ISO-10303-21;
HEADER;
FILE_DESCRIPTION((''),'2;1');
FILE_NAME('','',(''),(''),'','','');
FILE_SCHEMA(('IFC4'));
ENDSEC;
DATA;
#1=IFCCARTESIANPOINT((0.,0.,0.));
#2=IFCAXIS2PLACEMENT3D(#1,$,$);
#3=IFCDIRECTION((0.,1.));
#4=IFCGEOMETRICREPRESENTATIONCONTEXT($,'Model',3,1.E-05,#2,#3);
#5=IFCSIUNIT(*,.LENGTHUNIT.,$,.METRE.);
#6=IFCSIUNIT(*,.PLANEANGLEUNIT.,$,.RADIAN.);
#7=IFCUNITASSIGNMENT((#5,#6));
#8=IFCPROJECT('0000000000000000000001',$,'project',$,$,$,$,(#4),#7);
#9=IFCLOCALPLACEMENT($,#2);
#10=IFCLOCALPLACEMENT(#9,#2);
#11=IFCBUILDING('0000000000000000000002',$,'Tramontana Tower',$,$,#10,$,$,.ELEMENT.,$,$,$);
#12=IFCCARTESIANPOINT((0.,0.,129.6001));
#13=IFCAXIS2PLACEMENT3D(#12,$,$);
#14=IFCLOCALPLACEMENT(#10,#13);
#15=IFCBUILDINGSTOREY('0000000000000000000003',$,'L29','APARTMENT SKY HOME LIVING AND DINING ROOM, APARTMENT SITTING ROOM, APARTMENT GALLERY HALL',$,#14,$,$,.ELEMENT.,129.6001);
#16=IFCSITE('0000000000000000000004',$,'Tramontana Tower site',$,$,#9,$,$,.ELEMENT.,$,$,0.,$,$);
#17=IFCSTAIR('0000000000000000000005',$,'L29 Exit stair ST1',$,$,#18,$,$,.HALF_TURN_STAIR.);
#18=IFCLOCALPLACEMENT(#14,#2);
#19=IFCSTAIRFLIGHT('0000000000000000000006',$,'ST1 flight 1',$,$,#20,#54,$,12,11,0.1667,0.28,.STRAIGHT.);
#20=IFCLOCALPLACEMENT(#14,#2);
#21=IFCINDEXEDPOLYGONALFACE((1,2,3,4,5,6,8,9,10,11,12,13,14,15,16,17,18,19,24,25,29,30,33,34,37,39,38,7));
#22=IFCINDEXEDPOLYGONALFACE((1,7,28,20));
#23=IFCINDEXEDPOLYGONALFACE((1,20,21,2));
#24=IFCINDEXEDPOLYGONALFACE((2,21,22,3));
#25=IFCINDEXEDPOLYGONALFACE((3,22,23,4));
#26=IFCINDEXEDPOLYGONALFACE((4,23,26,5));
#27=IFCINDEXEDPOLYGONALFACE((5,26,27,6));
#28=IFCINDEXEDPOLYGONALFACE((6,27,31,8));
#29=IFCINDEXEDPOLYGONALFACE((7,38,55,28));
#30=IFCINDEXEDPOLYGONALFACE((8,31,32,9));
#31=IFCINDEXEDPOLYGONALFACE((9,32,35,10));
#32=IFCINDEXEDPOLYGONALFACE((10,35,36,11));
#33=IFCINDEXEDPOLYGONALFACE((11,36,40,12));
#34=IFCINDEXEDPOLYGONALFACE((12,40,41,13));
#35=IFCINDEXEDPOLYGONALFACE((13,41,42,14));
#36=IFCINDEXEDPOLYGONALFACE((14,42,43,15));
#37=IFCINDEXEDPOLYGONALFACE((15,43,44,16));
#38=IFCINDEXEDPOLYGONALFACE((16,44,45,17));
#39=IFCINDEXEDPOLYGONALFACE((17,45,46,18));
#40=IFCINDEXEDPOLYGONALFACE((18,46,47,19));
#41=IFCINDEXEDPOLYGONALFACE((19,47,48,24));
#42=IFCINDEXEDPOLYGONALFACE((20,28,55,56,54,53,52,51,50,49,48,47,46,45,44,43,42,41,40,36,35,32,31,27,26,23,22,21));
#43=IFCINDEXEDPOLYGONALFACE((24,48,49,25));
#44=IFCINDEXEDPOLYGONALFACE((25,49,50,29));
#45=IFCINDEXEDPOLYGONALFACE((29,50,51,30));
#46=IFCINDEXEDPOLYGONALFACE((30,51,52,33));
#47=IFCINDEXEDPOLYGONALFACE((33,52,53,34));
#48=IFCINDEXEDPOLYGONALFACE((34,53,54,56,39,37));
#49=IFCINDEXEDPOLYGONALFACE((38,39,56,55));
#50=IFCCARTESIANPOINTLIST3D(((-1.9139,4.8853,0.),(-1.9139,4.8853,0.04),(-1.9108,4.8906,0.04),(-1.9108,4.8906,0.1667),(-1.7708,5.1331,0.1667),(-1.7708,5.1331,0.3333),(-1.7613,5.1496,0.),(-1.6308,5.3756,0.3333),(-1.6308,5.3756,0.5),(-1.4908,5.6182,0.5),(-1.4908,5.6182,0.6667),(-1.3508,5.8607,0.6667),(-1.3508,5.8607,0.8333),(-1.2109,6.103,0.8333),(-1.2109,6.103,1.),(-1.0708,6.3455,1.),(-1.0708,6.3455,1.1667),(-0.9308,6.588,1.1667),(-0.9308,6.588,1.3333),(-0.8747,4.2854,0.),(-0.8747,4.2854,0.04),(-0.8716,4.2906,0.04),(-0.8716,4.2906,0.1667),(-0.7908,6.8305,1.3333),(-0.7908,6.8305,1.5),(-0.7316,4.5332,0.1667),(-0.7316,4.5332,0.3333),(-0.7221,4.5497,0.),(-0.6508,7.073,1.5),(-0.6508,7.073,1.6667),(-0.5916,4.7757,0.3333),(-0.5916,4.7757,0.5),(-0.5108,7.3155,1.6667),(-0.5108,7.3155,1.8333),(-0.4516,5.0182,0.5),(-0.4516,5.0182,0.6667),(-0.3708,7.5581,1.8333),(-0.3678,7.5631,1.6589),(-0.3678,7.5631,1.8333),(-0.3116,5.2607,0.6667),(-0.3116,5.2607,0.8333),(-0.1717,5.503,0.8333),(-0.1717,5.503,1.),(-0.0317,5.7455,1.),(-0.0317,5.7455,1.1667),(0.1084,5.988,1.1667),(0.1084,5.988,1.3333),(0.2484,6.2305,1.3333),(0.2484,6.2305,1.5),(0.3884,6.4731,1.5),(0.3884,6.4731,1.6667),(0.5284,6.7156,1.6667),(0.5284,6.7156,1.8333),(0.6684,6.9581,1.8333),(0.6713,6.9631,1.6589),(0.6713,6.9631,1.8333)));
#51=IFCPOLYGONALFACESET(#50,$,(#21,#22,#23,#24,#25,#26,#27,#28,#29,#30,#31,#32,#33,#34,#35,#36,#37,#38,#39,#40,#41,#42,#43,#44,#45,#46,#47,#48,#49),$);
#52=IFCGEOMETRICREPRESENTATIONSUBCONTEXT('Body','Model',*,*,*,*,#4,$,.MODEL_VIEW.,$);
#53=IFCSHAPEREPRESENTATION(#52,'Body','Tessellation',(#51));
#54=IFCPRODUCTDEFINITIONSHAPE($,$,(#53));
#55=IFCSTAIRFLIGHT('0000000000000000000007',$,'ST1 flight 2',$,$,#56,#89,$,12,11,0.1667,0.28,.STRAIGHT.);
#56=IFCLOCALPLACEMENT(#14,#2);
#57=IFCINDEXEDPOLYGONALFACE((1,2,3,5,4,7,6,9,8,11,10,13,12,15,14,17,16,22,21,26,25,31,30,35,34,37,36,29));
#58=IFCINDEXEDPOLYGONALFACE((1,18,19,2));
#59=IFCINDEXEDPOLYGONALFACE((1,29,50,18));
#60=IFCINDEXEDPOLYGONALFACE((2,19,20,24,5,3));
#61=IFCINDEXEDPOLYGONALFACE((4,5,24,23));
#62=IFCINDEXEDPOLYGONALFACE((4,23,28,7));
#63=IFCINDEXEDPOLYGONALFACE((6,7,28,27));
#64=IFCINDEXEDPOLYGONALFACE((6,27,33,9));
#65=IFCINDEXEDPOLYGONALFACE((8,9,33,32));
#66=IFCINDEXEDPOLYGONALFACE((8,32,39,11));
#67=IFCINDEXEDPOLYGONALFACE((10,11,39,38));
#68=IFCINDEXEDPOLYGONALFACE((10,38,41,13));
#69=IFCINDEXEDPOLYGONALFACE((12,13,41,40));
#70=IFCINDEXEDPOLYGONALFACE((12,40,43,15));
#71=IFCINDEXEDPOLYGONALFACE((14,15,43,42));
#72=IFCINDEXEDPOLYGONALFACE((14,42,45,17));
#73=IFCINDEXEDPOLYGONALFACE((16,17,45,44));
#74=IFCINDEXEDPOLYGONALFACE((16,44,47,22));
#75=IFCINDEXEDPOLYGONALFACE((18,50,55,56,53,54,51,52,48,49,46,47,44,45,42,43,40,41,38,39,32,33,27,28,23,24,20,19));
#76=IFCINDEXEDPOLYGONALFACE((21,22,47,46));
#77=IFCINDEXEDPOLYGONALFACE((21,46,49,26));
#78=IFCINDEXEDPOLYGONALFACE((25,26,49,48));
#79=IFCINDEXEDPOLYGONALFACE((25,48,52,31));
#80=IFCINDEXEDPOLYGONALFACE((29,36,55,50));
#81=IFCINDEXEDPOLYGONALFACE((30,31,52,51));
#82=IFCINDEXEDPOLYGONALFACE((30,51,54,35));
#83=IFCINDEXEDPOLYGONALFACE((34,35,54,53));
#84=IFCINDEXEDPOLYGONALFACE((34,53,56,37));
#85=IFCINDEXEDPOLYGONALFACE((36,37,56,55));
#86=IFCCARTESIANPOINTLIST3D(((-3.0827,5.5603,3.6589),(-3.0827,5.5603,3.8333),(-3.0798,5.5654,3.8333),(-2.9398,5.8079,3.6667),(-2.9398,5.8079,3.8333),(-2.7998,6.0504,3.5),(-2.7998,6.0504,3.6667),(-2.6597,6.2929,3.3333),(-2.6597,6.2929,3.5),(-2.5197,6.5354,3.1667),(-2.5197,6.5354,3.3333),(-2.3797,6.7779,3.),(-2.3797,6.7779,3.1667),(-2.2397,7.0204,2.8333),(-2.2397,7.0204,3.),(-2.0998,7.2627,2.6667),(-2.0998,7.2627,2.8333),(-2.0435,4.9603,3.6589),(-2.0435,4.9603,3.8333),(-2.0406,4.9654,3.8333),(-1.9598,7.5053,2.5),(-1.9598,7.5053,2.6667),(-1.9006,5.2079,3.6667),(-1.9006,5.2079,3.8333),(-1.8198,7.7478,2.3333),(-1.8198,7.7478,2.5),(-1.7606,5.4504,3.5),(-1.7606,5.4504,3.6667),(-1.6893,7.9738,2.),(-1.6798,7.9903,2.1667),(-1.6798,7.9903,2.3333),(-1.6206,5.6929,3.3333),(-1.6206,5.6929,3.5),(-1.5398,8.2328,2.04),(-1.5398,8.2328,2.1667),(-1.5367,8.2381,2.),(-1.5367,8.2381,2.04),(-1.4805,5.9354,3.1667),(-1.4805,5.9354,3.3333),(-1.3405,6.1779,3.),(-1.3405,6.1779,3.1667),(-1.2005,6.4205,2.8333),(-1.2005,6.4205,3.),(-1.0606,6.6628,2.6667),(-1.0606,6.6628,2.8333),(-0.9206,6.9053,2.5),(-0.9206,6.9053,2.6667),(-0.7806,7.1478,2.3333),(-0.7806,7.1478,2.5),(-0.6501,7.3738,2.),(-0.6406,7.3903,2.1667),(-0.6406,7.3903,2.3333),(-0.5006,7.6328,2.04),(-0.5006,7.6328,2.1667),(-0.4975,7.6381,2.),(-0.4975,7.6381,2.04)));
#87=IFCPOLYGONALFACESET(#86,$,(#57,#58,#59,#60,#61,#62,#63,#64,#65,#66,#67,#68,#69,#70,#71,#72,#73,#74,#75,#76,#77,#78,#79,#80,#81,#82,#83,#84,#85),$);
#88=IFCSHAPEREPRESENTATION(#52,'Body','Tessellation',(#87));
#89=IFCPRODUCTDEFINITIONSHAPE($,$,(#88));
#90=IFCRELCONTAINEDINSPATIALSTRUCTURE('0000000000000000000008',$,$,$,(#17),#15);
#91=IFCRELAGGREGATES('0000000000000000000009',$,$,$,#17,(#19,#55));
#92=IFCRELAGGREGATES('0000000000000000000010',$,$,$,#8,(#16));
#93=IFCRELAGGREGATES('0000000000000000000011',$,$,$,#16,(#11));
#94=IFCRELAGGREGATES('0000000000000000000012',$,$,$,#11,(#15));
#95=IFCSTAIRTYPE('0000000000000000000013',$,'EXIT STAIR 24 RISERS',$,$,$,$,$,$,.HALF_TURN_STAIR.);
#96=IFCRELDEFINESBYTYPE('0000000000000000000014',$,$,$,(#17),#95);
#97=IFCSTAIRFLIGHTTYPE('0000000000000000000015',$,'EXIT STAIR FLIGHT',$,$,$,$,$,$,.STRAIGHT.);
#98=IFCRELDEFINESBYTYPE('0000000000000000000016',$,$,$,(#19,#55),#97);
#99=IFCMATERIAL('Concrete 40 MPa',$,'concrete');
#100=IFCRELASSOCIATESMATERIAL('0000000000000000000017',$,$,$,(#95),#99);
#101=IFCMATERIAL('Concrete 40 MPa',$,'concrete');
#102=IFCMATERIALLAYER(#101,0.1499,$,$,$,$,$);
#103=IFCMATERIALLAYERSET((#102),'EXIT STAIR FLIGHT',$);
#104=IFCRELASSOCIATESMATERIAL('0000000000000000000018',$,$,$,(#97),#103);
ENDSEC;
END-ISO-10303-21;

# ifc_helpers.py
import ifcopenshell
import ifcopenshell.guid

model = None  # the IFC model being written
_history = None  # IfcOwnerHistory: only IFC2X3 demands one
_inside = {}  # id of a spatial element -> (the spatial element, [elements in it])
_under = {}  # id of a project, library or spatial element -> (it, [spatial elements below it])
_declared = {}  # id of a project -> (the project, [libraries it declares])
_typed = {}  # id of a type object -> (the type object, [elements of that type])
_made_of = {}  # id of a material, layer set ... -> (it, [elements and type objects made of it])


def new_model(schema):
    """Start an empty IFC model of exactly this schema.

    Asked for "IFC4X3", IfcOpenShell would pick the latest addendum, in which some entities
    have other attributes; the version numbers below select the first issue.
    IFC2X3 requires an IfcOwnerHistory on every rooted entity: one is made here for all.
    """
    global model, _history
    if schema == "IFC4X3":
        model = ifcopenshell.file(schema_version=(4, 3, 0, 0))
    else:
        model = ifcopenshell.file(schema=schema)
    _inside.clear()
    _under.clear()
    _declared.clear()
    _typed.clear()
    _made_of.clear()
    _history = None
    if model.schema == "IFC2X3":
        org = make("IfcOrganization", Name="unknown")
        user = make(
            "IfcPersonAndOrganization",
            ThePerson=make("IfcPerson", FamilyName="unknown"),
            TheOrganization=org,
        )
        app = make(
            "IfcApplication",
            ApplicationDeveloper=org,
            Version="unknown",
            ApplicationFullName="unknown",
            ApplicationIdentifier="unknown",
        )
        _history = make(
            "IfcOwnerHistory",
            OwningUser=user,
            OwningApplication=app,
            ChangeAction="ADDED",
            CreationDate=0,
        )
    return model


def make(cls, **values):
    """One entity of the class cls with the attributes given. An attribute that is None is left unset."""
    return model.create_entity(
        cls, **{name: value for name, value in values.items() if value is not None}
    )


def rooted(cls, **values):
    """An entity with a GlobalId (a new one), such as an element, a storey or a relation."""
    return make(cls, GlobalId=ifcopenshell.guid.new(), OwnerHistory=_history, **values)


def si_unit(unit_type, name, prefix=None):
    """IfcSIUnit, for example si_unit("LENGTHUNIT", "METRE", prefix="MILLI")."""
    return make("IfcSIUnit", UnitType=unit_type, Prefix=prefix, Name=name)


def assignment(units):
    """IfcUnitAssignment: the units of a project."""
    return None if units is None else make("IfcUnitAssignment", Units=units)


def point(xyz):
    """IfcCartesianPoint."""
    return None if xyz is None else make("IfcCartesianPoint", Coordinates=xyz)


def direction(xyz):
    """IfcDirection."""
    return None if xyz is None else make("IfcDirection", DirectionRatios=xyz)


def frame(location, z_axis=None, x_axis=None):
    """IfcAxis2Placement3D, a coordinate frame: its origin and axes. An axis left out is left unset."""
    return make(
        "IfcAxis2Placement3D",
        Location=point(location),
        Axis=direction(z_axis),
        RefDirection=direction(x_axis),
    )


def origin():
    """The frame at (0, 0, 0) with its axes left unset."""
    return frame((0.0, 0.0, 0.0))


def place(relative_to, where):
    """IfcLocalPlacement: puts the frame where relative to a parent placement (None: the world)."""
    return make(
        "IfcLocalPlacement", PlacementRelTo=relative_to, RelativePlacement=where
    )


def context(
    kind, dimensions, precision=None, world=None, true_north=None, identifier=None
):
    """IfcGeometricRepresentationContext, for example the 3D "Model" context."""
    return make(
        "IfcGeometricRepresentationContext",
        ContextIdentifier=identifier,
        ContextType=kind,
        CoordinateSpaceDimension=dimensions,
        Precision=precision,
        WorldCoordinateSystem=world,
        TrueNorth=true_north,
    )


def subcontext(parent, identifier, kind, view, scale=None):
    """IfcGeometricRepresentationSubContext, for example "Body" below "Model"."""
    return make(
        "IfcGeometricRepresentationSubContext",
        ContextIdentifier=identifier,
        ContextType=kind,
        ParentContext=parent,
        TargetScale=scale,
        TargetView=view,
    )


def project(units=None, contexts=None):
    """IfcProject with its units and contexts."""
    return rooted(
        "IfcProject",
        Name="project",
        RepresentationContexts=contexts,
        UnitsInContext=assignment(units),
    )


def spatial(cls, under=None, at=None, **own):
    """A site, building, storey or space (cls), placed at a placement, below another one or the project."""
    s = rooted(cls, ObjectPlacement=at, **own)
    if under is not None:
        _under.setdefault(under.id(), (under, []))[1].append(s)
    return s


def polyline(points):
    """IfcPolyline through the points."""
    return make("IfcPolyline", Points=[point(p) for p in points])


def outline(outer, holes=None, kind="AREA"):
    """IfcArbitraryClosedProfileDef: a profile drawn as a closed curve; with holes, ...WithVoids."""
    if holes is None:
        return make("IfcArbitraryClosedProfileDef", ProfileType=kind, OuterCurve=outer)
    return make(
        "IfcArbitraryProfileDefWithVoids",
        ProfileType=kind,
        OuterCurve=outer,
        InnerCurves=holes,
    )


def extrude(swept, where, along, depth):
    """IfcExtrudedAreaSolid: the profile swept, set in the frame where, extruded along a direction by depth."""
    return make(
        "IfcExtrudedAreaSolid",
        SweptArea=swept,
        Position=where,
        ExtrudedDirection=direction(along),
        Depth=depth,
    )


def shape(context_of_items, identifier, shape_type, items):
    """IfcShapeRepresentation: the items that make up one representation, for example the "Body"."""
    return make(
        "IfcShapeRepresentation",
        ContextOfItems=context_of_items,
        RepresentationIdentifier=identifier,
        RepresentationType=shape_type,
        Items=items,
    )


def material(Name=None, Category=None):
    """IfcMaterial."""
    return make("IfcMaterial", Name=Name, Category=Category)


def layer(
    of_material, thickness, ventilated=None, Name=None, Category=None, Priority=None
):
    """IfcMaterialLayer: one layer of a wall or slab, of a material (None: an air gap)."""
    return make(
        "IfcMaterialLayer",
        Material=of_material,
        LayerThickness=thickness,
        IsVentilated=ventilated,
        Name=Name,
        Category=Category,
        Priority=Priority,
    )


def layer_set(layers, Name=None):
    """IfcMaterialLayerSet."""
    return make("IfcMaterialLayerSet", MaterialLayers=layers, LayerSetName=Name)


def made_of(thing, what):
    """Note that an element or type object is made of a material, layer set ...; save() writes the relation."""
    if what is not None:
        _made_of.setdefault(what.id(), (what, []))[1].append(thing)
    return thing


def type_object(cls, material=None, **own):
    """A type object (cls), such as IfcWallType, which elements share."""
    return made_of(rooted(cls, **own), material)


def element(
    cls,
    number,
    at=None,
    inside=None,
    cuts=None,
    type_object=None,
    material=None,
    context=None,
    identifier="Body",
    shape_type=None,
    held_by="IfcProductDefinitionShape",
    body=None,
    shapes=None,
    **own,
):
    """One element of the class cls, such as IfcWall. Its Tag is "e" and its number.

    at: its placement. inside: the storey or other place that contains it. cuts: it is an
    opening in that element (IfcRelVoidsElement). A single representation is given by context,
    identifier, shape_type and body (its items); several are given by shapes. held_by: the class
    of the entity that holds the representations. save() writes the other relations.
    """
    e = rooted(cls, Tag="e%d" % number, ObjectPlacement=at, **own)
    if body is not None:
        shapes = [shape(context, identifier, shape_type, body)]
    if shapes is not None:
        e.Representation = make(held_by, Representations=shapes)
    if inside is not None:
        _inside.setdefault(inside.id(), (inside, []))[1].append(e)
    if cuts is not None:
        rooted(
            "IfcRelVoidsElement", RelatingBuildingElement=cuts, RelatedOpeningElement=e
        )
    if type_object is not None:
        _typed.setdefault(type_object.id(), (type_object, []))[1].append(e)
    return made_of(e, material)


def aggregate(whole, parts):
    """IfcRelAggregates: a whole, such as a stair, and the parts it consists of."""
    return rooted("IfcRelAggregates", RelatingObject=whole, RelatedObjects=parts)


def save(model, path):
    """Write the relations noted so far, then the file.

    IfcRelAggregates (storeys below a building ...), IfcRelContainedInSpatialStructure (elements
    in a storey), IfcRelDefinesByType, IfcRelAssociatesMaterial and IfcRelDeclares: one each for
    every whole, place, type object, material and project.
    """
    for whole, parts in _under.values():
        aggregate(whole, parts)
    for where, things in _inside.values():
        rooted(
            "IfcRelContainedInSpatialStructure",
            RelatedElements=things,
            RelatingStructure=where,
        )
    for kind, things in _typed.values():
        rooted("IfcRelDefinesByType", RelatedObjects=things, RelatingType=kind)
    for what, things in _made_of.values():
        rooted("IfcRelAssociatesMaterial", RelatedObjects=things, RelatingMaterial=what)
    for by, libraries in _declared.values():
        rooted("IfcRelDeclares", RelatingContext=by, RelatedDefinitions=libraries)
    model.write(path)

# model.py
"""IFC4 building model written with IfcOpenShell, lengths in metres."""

from ifc_helpers import new_model, si_unit, direction, frame, origin, place, context, subcontext, project, spatial, polyline, outline, extrude, material, layer, layer_set, type_object, element, aggregate, save


model = new_model("IFC4")

# Units and contexts
model_context = context("Model", 3, precision=1e-05, world=origin(), true_north=direction((0.0, 1.0)))
body_context = subcontext(model_context, "Body", "Model", "MODEL_VIEW")
ifc_project = project(units=[si_unit("LENGTHUNIT", "METRE"), si_unit("PLANEANGLEUNIT", "RADIAN")], contexts=[model_context])

# Site, building, storey
site_placement = place(None, origin())
site = spatial("IfcSite", under=ifc_project, at=site_placement, Name="Tramontana Tower site", CompositionType="ELEMENT", RefElevation=0.0)
building_placement = place(site_placement, origin())
building = spatial("IfcBuilding", under=site, at=building_placement, Name="Tramontana Tower", CompositionType="ELEMENT")
storey_placement = place(building_placement, frame((0.0, 0.0, 129.6001)))
storey = spatial("IfcBuildingStorey", under=building, at=storey_placement, Name="L29", Description="APARTMENT SKY HOME LIVING AND DINING ROOM, APARTMENT SITTING ROOM, APARTMENT GALLERY HALL", CompositionType="ELEMENT", Elevation=129.6001)

# Stair, stair flights
ifc_material_1 = material(Name="Concrete 40 MPa", Category="concrete")
stair_type = type_object("IfcStairType", Name="EXIT STAIR 24 RISERS", PredefinedType="HALF_TURN_STAIR", material=ifc_material_1)
stair_placement = place(storey_placement, origin())
stair = element("IfcStair", 1, at=stair_placement, inside=storey, type_object=stair_type, Name="L29 Exit stair ST1", PredefinedType="HALF_TURN_STAIR")
ifc_material_2 = material(Name="Concrete 40 MPa", Category="concrete")
ifc_layer_1 = layer(ifc_material_2, 0.1499)
ifc_layer_set_1 = layer_set([ifc_layer_1], Name="EXIT STAIR FLIGHT")
stair_flight_type = type_object("IfcStairFlightType", Name="EXIT STAIR FLIGHT", PredefinedType="STRAIGHT", material=ifc_layer_set_1)
stair_flight_1_placement = place(storey_placement, frame((-1.3911, 4.5906, 0.0), z_axis=(0.0, 0.0, 1.0), x_axis=(0.5, 0.866025, 0.0)))
stair_flight_1 = element("IfcStairFlight", 2, at=stair_flight_1_placement, type_object=stair_flight_type, Name="ST1 flight 1", NumberOfRisers=12, NumberOfTreads=11, PredefinedType="STRAIGHT", RiserHeight=0.1667, TreadLength=0.28, context=body_context, shape_type="SweptSolid", body=[
    extrude(outline(polyline([(-0.0061, 0.0), (-0.0061, 0.04), (0.0, 0.04), (0.0, 0.1667), (0.28, 0.1667), (0.28, 0.3333), (0.5601, 0.3333), (0.5601, 0.5), (0.8401, 0.5), (0.8401, 0.6667), (1.1201, 0.6667), (1.1201, 0.8333), (1.3999, 0.8333), (1.3999, 1.0), (1.6799, 1.0), (1.6799, 1.1667), (1.96, 1.1667), (1.96, 1.3333), (2.24, 1.3333), (2.24, 1.5), (2.52, 1.5), (2.52, 1.6667), (2.8, 1.6667), (2.8, 1.8333), (3.0801, 1.8333), (3.0859, 1.8333), (3.0859, 1.6589), (0.2991, 0.0), (-0.0061, 0.0)])), frame((0.0, 0.6001, 0.0), z_axis=(0.0, -1.0, 0.0), x_axis=(1.0, 0.0, 0.0)), (0.0, 0.0, 1.0), 1.2),
])
stair_flight_2_placement = place(storey_placement, frame((-1.0203, 7.9329, 2.0), z_axis=(0.0, 0.0, 1.0), x_axis=(-0.5, -0.866025, 0.0)))
stair_flight_2 = element("IfcStairFlight", 3, at=stair_flight_2_placement, type_object=stair_flight_type, Name="ST1 flight 2", NumberOfRisers=12, NumberOfTreads=11, PredefinedType="STRAIGHT", RiserHeight=0.1667, TreadLength=0.28, context=body_context, shape_type="SweptSolid", body=[
    extrude(outline(polyline([(-0.0061, 0.0), (-0.0061, 0.04), (0.0, 0.04), (0.0, 0.1667), (0.28, 0.1667), (0.28, 0.3333), (0.5601, 0.3333), (0.5601, 0.5), (0.8401, 0.5), (0.8401, 0.6667), (1.1201, 0.6667), (1.1201, 0.8333), (1.3999, 0.8333), (1.3999, 1.0), (1.6799, 1.0), (1.6799, 1.1667), (1.96, 1.1667), (1.96, 1.3333), (2.24, 1.3333), (2.24, 1.5), (2.52, 1.5), (2.52, 1.6667), (2.8, 1.6667), (2.8, 1.8333), (3.0801, 1.8333), (3.0859, 1.8333), (3.0859, 1.6589), (0.2991, 0.0), (-0.0061, 0.0)])), frame((0.0, 0.6001, 0.0), z_axis=(0.0, -1.0, 0.0), x_axis=(1.0, 0.0, 0.0)), (0.0, 0.0, 1.0), 1.2),
])
aggregate(stair, [stair_flight_1, stair_flight_2])

save(model, "model.ifc")
